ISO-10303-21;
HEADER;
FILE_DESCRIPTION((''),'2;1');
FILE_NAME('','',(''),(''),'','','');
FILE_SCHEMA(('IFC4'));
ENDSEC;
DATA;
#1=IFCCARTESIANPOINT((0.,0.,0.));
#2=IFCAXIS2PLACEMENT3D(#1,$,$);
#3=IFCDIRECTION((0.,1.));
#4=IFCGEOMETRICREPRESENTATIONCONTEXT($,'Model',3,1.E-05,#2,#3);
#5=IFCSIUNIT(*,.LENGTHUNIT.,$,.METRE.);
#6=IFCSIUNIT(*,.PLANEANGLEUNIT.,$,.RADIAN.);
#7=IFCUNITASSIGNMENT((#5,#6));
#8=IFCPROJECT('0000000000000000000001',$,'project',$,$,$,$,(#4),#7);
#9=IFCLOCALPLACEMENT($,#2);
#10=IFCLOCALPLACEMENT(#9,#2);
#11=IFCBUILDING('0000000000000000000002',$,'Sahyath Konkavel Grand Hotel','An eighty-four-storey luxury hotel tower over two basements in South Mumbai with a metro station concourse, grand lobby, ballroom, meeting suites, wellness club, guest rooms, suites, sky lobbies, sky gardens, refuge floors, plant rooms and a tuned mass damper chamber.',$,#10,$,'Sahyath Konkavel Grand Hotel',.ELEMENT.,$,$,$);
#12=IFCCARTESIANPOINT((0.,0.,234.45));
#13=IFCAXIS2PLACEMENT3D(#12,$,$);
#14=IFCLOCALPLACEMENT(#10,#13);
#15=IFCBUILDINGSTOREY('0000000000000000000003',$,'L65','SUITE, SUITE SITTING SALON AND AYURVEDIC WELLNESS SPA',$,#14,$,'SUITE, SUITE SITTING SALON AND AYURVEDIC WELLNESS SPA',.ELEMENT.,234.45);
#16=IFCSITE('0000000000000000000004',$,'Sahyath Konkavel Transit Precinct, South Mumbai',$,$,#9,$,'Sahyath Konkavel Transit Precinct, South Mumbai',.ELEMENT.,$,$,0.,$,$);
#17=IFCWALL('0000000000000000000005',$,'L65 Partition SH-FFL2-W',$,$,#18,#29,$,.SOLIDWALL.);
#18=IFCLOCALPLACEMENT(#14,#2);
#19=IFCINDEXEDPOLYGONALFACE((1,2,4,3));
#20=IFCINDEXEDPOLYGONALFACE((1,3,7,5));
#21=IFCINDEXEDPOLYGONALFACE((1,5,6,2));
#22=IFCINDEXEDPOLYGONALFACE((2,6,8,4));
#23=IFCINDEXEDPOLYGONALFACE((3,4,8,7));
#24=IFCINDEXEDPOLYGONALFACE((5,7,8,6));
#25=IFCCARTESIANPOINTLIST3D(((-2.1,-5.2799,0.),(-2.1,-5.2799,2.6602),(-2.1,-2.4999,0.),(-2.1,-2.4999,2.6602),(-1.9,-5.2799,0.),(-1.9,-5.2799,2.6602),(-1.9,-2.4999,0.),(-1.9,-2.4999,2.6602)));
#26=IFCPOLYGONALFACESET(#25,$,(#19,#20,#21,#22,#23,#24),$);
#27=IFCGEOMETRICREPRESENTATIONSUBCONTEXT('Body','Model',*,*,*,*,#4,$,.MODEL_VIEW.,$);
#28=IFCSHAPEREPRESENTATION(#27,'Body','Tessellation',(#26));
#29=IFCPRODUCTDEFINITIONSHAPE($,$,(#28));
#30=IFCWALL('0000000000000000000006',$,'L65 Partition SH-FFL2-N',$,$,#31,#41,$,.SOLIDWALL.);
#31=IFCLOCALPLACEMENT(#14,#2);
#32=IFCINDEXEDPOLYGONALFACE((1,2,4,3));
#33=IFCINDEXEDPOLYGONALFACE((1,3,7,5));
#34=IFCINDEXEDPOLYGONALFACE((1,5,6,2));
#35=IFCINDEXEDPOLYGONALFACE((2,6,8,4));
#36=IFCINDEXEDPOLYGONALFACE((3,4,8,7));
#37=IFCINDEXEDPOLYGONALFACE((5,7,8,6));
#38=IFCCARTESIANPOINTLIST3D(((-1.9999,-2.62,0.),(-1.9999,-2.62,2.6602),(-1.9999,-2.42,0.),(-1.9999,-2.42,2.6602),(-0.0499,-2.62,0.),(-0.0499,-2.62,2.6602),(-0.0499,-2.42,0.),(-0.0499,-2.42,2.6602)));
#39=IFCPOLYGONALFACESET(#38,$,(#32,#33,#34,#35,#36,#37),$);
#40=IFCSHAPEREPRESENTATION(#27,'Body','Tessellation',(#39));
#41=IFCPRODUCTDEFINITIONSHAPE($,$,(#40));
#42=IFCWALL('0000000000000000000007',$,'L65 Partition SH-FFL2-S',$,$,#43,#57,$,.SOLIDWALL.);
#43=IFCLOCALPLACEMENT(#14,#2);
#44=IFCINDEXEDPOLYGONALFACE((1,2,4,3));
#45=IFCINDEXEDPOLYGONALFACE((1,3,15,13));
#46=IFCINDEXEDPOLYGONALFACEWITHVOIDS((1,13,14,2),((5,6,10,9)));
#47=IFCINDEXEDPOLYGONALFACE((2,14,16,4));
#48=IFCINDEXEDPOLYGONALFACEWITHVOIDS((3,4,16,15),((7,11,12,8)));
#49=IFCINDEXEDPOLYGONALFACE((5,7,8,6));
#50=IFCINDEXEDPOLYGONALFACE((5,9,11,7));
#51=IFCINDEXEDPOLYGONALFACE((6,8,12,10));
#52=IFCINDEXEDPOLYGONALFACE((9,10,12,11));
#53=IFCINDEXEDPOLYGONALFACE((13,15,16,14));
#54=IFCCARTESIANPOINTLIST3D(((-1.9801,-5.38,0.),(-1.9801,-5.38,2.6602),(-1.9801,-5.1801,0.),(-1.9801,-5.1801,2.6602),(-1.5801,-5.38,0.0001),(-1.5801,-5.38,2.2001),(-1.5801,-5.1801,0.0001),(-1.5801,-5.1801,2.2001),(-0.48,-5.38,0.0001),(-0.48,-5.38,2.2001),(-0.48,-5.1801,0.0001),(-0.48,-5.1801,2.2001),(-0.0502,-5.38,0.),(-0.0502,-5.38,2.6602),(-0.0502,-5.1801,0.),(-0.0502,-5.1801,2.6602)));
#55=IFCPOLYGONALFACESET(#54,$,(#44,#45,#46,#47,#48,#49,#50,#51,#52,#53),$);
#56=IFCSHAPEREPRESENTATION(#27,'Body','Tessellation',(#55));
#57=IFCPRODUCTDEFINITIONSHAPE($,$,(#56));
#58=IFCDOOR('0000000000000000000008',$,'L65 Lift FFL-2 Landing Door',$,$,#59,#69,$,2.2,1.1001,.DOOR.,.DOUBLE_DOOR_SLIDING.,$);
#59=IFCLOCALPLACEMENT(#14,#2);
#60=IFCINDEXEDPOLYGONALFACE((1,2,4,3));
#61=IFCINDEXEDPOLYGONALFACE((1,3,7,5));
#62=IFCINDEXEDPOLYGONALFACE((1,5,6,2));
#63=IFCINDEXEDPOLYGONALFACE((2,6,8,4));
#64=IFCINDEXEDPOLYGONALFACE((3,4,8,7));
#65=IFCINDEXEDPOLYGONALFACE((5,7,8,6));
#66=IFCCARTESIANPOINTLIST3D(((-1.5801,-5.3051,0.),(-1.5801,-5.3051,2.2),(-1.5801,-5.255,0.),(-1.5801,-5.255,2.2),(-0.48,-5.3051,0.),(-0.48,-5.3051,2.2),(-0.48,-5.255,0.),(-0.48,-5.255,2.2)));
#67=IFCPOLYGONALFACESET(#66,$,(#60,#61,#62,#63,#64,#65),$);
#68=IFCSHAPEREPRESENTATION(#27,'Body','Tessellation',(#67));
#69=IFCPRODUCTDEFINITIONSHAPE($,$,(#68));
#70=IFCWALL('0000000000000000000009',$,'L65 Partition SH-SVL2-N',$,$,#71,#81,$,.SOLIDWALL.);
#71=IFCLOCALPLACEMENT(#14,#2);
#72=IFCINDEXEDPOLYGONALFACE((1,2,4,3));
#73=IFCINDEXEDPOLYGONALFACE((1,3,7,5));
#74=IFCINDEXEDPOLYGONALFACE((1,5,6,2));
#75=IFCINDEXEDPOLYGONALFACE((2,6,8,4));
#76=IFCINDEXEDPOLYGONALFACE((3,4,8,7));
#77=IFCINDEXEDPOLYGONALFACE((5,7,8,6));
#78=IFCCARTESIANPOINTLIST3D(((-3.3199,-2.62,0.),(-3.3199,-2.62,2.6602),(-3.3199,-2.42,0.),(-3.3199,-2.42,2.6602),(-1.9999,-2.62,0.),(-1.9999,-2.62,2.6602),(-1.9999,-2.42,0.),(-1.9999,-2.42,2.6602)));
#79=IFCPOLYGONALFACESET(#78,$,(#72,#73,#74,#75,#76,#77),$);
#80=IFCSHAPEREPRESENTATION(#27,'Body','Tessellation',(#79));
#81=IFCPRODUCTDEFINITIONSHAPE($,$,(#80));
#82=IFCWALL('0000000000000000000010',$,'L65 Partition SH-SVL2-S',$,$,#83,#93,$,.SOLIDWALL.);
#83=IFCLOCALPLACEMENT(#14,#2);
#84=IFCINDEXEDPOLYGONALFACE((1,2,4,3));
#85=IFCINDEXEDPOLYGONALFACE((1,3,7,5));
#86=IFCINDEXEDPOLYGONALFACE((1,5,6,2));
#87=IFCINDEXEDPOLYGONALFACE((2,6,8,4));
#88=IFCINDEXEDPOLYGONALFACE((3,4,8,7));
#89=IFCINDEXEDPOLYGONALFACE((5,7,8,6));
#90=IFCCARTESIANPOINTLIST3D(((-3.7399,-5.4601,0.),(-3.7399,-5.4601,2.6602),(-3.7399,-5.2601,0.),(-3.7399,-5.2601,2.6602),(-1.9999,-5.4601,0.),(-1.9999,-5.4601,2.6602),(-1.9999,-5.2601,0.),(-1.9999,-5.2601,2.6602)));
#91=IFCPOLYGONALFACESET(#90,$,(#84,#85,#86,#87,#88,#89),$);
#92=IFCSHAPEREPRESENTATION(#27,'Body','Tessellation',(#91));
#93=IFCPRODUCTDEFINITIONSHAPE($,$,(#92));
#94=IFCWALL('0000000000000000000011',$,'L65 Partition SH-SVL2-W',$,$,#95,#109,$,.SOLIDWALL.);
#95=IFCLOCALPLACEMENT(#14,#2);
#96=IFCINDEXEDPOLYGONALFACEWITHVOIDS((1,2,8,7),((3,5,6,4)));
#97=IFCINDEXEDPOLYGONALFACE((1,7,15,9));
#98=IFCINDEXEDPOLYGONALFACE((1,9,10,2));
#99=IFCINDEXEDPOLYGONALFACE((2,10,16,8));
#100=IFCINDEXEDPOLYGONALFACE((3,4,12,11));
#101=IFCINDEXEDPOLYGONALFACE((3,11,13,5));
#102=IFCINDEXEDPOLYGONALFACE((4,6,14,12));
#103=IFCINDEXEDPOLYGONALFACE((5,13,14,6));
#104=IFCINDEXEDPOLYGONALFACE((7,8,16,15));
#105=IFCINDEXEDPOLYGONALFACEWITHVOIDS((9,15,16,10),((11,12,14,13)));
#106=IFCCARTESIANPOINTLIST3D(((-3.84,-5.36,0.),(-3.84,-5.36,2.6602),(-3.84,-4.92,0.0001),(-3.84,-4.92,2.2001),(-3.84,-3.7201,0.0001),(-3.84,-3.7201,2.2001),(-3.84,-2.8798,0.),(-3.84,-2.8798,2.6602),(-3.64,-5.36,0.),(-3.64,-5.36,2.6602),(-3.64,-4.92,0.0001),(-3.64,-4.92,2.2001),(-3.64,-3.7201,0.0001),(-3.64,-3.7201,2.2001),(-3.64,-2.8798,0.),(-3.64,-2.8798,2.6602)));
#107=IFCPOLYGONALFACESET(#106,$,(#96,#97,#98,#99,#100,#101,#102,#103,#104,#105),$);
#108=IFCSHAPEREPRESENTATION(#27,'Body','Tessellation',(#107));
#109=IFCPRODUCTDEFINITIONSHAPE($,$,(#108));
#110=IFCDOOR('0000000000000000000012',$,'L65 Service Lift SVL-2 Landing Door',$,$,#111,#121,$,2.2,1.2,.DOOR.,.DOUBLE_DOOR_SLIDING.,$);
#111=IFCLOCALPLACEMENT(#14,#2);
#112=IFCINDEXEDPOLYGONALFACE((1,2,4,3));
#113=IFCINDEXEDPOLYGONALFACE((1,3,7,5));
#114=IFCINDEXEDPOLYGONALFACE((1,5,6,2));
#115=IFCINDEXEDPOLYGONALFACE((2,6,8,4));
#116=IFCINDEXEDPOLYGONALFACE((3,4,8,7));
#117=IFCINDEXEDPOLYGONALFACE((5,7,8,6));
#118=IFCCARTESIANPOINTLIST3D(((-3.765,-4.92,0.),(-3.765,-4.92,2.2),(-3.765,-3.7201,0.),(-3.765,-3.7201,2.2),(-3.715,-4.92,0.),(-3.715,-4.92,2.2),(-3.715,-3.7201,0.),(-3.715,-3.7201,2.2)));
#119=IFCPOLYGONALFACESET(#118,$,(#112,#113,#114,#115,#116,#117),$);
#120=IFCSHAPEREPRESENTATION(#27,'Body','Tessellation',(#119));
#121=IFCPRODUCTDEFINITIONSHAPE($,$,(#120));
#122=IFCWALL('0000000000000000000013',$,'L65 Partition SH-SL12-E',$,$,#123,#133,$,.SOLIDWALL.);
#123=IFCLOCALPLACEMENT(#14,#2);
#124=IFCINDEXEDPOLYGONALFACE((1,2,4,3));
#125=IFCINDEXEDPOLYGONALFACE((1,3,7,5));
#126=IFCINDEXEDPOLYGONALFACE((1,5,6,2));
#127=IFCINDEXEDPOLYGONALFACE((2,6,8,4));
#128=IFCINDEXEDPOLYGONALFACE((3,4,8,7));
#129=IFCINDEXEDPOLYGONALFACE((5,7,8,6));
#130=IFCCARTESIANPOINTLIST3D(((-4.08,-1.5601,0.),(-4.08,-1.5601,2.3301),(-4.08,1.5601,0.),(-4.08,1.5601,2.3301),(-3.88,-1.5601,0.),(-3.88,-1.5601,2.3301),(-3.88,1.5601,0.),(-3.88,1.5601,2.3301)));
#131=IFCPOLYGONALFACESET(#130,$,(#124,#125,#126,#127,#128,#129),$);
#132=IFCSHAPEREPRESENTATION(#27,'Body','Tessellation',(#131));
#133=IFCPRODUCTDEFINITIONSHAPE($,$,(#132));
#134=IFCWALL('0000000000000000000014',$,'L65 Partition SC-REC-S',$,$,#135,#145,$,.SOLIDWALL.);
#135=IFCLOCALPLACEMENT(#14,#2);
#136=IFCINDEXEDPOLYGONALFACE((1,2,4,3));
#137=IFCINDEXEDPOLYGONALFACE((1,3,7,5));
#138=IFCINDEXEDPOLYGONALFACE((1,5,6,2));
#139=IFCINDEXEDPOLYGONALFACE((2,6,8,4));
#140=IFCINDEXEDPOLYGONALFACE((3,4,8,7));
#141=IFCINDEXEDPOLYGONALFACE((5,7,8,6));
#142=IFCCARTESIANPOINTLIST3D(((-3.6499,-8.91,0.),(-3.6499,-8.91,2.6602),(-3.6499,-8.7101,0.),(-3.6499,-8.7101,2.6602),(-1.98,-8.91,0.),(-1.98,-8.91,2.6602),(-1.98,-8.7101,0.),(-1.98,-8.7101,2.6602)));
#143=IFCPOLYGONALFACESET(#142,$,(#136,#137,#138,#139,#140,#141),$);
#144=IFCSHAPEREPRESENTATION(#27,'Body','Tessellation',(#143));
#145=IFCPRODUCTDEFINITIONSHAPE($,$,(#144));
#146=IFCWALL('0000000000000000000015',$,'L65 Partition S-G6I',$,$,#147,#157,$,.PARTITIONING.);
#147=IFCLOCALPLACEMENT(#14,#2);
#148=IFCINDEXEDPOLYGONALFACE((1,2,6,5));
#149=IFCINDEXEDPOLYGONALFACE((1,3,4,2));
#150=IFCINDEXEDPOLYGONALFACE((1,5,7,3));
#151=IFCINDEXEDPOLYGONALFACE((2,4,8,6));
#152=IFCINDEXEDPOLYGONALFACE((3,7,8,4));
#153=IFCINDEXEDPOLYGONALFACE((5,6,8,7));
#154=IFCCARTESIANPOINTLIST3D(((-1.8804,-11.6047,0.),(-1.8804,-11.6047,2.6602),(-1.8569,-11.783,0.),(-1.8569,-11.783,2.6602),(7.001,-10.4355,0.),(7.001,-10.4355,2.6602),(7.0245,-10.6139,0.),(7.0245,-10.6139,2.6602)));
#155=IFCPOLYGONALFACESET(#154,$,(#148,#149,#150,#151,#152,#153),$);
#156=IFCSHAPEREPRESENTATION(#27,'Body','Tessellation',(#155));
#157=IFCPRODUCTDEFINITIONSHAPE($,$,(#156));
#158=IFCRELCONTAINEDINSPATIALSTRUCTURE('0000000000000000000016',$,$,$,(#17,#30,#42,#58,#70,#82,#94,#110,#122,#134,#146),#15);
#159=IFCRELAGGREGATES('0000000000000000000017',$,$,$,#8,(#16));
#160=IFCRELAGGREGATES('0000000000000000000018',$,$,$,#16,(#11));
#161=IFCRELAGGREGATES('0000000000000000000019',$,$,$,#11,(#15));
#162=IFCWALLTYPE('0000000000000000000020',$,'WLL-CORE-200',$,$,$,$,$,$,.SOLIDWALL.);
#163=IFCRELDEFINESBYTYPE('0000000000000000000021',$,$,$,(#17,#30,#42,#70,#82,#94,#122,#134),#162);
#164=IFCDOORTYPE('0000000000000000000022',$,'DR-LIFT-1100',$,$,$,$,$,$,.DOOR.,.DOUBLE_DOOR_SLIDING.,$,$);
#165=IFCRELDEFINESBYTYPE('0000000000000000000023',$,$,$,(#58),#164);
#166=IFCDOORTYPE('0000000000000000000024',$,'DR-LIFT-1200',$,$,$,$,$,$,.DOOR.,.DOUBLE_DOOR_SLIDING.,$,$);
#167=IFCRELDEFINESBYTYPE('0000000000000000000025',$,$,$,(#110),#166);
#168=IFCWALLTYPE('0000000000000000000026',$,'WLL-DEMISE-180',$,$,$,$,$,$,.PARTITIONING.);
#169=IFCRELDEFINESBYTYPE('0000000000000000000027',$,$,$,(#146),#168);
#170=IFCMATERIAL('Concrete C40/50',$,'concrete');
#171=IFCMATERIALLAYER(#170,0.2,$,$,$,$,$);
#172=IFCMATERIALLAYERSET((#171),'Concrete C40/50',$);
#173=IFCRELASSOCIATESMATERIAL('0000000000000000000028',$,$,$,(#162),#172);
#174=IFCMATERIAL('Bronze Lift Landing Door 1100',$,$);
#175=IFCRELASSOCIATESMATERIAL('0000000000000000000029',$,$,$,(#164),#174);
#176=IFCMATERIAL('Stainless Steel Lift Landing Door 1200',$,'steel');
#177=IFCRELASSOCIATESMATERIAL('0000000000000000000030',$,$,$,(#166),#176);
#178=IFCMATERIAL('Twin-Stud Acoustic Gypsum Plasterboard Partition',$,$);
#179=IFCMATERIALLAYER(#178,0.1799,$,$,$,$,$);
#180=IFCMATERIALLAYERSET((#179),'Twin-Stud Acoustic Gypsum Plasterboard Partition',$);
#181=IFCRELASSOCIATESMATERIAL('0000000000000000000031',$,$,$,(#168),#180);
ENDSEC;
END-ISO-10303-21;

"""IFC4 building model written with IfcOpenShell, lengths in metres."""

from ifc_helpers import new_model, si_unit, direction, frame, frame_2d, origin, origin_2d, place, context, subcontext, project, spatial, rectangle, extrude, source, transform, mapped, material, layer, layer_set, type_object, element, fill, save


model = new_model("IFC4")

# Units and contexts
model_context = context("Model", 3, precision=1e-05, world=origin(), true_north=direction((0.0, 1.0)))
body_context = subcontext(model_context, "Body", "Model", "MODEL_VIEW")
ifc_project = project(units=[si_unit("LENGTHUNIT", "METRE"), si_unit("PLANEANGLEUNIT", "RADIAN")], contexts=[model_context])

# Site, building, storey
site_placement = place(None, origin())
site = spatial("IfcSite", under=ifc_project, at=site_placement, Name="Sahyath Konkavel Transit Precinct, South Mumbai", LongName="Sahyath Konkavel Transit Precinct, South Mumbai", CompositionType="ELEMENT", RefElevation=0.0)
building_placement = place(site_placement, origin())
building = spatial("IfcBuilding", under=site, at=building_placement, Name="Sahyath Konkavel Grand Hotel", Description="An eighty-four-storey luxury hotel tower over two basements in South Mumbai with a metro station concourse, grand lobby, ballroom, meeting suites, wellness club, guest rooms, suites, sky lobbies, sky gardens, refuge floors, plant rooms and a tuned mass damper chamber.", LongName="Sahyath Konkavel Grand Hotel", CompositionType="ELEMENT")
storey_placement = place(building_placement, frame((0.0, 0.0, 234.45)))
storey = spatial("IfcBuildingStorey", under=building, at=storey_placement, Name="L65", Description="SUITE, SUITE SITTING SALON AND AYURVEDIC WELLNESS SPA", LongName="SUITE, SUITE SITTING SALON AND AYURVEDIC WELLNESS SPA", CompositionType="ELEMENT", Elevation=234.45)

# Shared definitions
ifc_material_1 = material(Name="Concrete C40/50", Category="concrete")

# Shared definitions
ifc_layer_1 = layer(ifc_material_1, 0.2)
ifc_layer_set_1 = layer_set([ifc_layer_1], Name="Concrete C40/50")
wall_type_1 = type_object("IfcWallType", Name="WLL-CORE-200", PredefinedType="SOLIDWALL", material=ifc_layer_set_1)

# Walls
wall_1_placement = place(storey_placement, frame((-2.0, -5.28, 0.0), z_axis=(0.0, 0.0, 1.0), x_axis=(0.0, 1.0, 0.0)))
element("IfcWall", 1, at=wall_1_placement, inside=storey, type_object=wall_type_1, Name="L65 Partition SH-FFL2-W", PredefinedType="SOLIDWALL", context=body_context, shape_type="SweptSolid", body=[
    extrude(rectangle(XDim=2.78, YDim=0.2, at=frame_2d((1.3901, 0.0))), origin(), (0.0, 0.0, 1.0), 2.6602),
])
wall_2_placement = place(storey_placement, frame((-2.0, -2.52, 0.0), z_axis=(0.0, 0.0, 1.0), x_axis=(1.0, 0.0, 0.0)))
element("IfcWall", 2, at=wall_2_placement, inside=storey, type_object=wall_type_1, Name="L65 Partition SH-FFL2-N", PredefinedType="SOLIDWALL", context=body_context, shape_type="SweptSolid", body=[
    extrude(rectangle(XDim=1.95, YDim=0.2, at=frame_2d((0.9751, 0.0))), origin(), (0.0, 0.0, 1.0), 2.6602),
])

# Wall, opening, door
wall_3_placement = place(storey_placement, frame((-1.98, -5.28, 0.0), z_axis=(0.0, 0.0, 1.0), x_axis=(1.0, 0.0, 0.0)))
wall_3 = element("IfcWall", 3, at=wall_3_placement, inside=storey, type_object=wall_type_1, Name="L65 Partition SH-FFL2-S", PredefinedType="SOLIDWALL", context=body_context, shape_type="SweptSolid", body=[
    extrude(rectangle(XDim=1.9299, YDim=0.2, at=frame_2d((0.9648, 0.0))), origin(), (0.0, 0.0, 1.0), 2.6602),
])
opening_1_placement = place(wall_3_placement, frame((0.3999, 0.0, 0.0)))
opening_1 = element("IfcOpeningElement", 4, at=opening_1_placement, cuts=wall_3, PredefinedType="OPENING", context=body_context, shape_type="SweptSolid", body=[
    extrude(rectangle(XDim=1.1001, YDim=2.2, at=frame_2d((0.55, 1.1001))), frame((0.0, 0.1099, 0.0), z_axis=(0.0, -1.0, 0.0), x_axis=(1.0, 0.0, 0.0)), (0.0, 0.0, 1.0), 0.22),
])
ifc_material_2 = material(Name="Bronze Lift Landing Door 1100")
door_type_1 = type_object("IfcDoorType", Name="DR-LIFT-1100", OperationType="DOUBLE_DOOR_SLIDING", PredefinedType="DOOR", material=ifc_material_2)
shared_shape_1 = source(origin(), body_context, "Body", "SweptSolid", [
    extrude(rectangle(XDim=1.1001, YDim=0.05, at=origin_2d()), origin(), (0.0, 0.0, 1.0), 2.2),
])
door_1_placement = place(opening_1_placement, frame((0.55, 0.0, 0.0)))
door_1 = element("IfcDoor", 5, at=door_1_placement, inside=storey, type_object=door_type_1, Name="L65 Lift FFL-2 Landing Door", OperationType="DOUBLE_DOOR_SLIDING", OverallHeight=2.2, OverallWidth=1.1001, PredefinedType="DOOR", context=body_context, shape_type="MappedRepresentation", body=[
    mapped(shared_shape_1, transform((0.0, 0.0, 0.0), scale=1.0)),
])
fill(opening_1, door_1)

# Walls
wall_4_placement = place(storey_placement, frame((-3.3201, -2.52, 0.0), z_axis=(0.0, 0.0, 1.0), x_axis=(1.0, 0.0, 0.0)))
element("IfcWall", 6, at=wall_4_placement, inside=storey, type_object=wall_type_1, Name="L65 Partition SH-SVL2-N", PredefinedType="SOLIDWALL", context=body_context, shape_type="SweptSolid", body=[
    extrude(rectangle(XDim=1.3201, YDim=0.2, at=frame_2d((0.6602, 0.0))), origin(), (0.0, 0.0, 1.0), 2.6602),
])
wall_5_placement = place(storey_placement, frame((-3.74, -5.3601, 0.0), z_axis=(0.0, 0.0, 1.0), x_axis=(1.0, 0.0, 0.0)))
element("IfcWall", 7, at=wall_5_placement, inside=storey, type_object=wall_type_1, Name="L65 Partition SH-SVL2-S", PredefinedType="SOLIDWALL", context=body_context, shape_type="SweptSolid", body=[
    extrude(rectangle(XDim=1.74, YDim=0.2, at=frame_2d((0.8701, 0.0))), origin(), (0.0, 0.0, 1.0), 2.6602),
])

# Wall, opening, door
wall_6_placement = place(storey_placement, frame((-3.74, -5.3601, 0.0), z_axis=(0.0, 0.0, 1.0), x_axis=(0.0, 1.0, 0.0)))
wall_6 = element("IfcWall", 8, at=wall_6_placement, inside=storey, type_object=wall_type_1, Name="L65 Partition SH-SVL2-W", PredefinedType="SOLIDWALL", context=body_context, shape_type="SweptSolid", body=[
    extrude(rectangle(XDim=2.4802, YDim=0.2, at=frame_2d((1.2402, 0.0))), origin(), (0.0, 0.0, 1.0), 2.6602),
])
opening_2_placement = place(wall_6_placement, frame((0.4399, 0.0, 0.0)))
opening_2 = element("IfcOpeningElement", 9, at=opening_2_placement, cuts=wall_6, PredefinedType="OPENING", context=body_context, shape_type="SweptSolid", body=[
    extrude(rectangle(XDim=1.2, YDim=2.2, at=frame_2d((0.6001, 1.1001))), frame((0.0, 0.1099, 0.0), z_axis=(0.0, -1.0, 0.0), x_axis=(1.0, 0.0, 0.0)), (0.0, 0.0, 1.0), 0.22),
])
ifc_material_3 = material(Name="Stainless Steel Lift Landing Door 1200", Category="steel")
door_type_2 = type_object("IfcDoorType", Name="DR-LIFT-1200", OperationType="DOUBLE_DOOR_SLIDING", PredefinedType="DOOR", material=ifc_material_3)
shared_shape_2 = source(origin(), body_context, "Body", "SweptSolid", [
    extrude(rectangle(XDim=1.2, YDim=0.05, at=origin_2d()), origin(), (0.0, 0.0, 1.0), 2.2),
])
door_2_placement = place(opening_2_placement, frame((0.6001, 0.0, 0.0)))
door_2 = element("IfcDoor", 10, at=door_2_placement, inside=storey, type_object=door_type_2, Name="L65 Service Lift SVL-2 Landing Door", OperationType="DOUBLE_DOOR_SLIDING", OverallHeight=2.2, OverallWidth=1.2, PredefinedType="DOOR", context=body_context, shape_type="MappedRepresentation", body=[
    mapped(shared_shape_2, transform((0.0, 0.0, 0.0), scale=1.0)),
])
fill(opening_2, door_2)

# Wall
wall_7_placement = place(storey_placement, frame((-3.98, -1.5601, 0.0), z_axis=(0.0, 0.0, 1.0), x_axis=(0.0, 1.0, 0.0)))
element("IfcWall", 11, at=wall_7_placement, inside=storey, type_object=wall_type_1, Name="L65 Partition SH-SL12-E", PredefinedType="SOLIDWALL", context=body_context, shape_type="SweptSolid", body=[
    extrude(rectangle(XDim=3.1201, YDim=0.2, at=frame_2d((1.5601, 0.0))), origin(), (0.0, 0.0, 1.0), 2.3301),
])

# Walls
wall_8_placement = place(storey_placement, frame((-3.6499, -8.8101, 0.0), z_axis=(0.0, 0.0, 1.0), x_axis=(1.0, 0.0, 0.0)))
element("IfcWall", 12, at=wall_8_placement, inside=storey, type_object=wall_type_1, Name="L65 Partition SC-REC-S", PredefinedType="SOLIDWALL", context=body_context, shape_type="SweptSolid", body=[
    extrude(rectangle(XDim=1.6699, YDim=0.2, at=frame_2d((0.835, 0.0))), origin(), (0.0, 0.0, 1.0), 2.6602),
])
ifc_material_4 = material(Name="Twin-Stud Acoustic Gypsum Plasterboard Partition")
ifc_layer_2 = layer(ifc_material_4, 0.1799)
ifc_layer_set_2 = layer_set([ifc_layer_2], Name="Twin-Stud Acoustic Gypsum Plasterboard Partition")
wall_type_2 = type_object("IfcWallType", Name="WLL-DEMISE-180", PredefinedType="PARTITIONING", material=ifc_layer_set_2)
wall_9_placement = place(storey_placement, frame((-1.8687, -11.6938, 0.0), z_axis=(0.0, 0.0, 1.0), x_axis=(0.991446, 0.130519, 0.0)))
element("IfcWall", 13, at=wall_9_placement, inside=storey, type_object=wall_type_2, Name="L65 Partition S-G6I", PredefinedType="PARTITIONING", context=body_context, shape_type="SweptSolid", body=[
    extrude(rectangle(XDim=8.958, YDim=0.1799, at=frame_2d((4.479, 0.0))), origin(), (0.0, 0.0, 1.0), 2.6602),
])

save(model, "model.ifc")
